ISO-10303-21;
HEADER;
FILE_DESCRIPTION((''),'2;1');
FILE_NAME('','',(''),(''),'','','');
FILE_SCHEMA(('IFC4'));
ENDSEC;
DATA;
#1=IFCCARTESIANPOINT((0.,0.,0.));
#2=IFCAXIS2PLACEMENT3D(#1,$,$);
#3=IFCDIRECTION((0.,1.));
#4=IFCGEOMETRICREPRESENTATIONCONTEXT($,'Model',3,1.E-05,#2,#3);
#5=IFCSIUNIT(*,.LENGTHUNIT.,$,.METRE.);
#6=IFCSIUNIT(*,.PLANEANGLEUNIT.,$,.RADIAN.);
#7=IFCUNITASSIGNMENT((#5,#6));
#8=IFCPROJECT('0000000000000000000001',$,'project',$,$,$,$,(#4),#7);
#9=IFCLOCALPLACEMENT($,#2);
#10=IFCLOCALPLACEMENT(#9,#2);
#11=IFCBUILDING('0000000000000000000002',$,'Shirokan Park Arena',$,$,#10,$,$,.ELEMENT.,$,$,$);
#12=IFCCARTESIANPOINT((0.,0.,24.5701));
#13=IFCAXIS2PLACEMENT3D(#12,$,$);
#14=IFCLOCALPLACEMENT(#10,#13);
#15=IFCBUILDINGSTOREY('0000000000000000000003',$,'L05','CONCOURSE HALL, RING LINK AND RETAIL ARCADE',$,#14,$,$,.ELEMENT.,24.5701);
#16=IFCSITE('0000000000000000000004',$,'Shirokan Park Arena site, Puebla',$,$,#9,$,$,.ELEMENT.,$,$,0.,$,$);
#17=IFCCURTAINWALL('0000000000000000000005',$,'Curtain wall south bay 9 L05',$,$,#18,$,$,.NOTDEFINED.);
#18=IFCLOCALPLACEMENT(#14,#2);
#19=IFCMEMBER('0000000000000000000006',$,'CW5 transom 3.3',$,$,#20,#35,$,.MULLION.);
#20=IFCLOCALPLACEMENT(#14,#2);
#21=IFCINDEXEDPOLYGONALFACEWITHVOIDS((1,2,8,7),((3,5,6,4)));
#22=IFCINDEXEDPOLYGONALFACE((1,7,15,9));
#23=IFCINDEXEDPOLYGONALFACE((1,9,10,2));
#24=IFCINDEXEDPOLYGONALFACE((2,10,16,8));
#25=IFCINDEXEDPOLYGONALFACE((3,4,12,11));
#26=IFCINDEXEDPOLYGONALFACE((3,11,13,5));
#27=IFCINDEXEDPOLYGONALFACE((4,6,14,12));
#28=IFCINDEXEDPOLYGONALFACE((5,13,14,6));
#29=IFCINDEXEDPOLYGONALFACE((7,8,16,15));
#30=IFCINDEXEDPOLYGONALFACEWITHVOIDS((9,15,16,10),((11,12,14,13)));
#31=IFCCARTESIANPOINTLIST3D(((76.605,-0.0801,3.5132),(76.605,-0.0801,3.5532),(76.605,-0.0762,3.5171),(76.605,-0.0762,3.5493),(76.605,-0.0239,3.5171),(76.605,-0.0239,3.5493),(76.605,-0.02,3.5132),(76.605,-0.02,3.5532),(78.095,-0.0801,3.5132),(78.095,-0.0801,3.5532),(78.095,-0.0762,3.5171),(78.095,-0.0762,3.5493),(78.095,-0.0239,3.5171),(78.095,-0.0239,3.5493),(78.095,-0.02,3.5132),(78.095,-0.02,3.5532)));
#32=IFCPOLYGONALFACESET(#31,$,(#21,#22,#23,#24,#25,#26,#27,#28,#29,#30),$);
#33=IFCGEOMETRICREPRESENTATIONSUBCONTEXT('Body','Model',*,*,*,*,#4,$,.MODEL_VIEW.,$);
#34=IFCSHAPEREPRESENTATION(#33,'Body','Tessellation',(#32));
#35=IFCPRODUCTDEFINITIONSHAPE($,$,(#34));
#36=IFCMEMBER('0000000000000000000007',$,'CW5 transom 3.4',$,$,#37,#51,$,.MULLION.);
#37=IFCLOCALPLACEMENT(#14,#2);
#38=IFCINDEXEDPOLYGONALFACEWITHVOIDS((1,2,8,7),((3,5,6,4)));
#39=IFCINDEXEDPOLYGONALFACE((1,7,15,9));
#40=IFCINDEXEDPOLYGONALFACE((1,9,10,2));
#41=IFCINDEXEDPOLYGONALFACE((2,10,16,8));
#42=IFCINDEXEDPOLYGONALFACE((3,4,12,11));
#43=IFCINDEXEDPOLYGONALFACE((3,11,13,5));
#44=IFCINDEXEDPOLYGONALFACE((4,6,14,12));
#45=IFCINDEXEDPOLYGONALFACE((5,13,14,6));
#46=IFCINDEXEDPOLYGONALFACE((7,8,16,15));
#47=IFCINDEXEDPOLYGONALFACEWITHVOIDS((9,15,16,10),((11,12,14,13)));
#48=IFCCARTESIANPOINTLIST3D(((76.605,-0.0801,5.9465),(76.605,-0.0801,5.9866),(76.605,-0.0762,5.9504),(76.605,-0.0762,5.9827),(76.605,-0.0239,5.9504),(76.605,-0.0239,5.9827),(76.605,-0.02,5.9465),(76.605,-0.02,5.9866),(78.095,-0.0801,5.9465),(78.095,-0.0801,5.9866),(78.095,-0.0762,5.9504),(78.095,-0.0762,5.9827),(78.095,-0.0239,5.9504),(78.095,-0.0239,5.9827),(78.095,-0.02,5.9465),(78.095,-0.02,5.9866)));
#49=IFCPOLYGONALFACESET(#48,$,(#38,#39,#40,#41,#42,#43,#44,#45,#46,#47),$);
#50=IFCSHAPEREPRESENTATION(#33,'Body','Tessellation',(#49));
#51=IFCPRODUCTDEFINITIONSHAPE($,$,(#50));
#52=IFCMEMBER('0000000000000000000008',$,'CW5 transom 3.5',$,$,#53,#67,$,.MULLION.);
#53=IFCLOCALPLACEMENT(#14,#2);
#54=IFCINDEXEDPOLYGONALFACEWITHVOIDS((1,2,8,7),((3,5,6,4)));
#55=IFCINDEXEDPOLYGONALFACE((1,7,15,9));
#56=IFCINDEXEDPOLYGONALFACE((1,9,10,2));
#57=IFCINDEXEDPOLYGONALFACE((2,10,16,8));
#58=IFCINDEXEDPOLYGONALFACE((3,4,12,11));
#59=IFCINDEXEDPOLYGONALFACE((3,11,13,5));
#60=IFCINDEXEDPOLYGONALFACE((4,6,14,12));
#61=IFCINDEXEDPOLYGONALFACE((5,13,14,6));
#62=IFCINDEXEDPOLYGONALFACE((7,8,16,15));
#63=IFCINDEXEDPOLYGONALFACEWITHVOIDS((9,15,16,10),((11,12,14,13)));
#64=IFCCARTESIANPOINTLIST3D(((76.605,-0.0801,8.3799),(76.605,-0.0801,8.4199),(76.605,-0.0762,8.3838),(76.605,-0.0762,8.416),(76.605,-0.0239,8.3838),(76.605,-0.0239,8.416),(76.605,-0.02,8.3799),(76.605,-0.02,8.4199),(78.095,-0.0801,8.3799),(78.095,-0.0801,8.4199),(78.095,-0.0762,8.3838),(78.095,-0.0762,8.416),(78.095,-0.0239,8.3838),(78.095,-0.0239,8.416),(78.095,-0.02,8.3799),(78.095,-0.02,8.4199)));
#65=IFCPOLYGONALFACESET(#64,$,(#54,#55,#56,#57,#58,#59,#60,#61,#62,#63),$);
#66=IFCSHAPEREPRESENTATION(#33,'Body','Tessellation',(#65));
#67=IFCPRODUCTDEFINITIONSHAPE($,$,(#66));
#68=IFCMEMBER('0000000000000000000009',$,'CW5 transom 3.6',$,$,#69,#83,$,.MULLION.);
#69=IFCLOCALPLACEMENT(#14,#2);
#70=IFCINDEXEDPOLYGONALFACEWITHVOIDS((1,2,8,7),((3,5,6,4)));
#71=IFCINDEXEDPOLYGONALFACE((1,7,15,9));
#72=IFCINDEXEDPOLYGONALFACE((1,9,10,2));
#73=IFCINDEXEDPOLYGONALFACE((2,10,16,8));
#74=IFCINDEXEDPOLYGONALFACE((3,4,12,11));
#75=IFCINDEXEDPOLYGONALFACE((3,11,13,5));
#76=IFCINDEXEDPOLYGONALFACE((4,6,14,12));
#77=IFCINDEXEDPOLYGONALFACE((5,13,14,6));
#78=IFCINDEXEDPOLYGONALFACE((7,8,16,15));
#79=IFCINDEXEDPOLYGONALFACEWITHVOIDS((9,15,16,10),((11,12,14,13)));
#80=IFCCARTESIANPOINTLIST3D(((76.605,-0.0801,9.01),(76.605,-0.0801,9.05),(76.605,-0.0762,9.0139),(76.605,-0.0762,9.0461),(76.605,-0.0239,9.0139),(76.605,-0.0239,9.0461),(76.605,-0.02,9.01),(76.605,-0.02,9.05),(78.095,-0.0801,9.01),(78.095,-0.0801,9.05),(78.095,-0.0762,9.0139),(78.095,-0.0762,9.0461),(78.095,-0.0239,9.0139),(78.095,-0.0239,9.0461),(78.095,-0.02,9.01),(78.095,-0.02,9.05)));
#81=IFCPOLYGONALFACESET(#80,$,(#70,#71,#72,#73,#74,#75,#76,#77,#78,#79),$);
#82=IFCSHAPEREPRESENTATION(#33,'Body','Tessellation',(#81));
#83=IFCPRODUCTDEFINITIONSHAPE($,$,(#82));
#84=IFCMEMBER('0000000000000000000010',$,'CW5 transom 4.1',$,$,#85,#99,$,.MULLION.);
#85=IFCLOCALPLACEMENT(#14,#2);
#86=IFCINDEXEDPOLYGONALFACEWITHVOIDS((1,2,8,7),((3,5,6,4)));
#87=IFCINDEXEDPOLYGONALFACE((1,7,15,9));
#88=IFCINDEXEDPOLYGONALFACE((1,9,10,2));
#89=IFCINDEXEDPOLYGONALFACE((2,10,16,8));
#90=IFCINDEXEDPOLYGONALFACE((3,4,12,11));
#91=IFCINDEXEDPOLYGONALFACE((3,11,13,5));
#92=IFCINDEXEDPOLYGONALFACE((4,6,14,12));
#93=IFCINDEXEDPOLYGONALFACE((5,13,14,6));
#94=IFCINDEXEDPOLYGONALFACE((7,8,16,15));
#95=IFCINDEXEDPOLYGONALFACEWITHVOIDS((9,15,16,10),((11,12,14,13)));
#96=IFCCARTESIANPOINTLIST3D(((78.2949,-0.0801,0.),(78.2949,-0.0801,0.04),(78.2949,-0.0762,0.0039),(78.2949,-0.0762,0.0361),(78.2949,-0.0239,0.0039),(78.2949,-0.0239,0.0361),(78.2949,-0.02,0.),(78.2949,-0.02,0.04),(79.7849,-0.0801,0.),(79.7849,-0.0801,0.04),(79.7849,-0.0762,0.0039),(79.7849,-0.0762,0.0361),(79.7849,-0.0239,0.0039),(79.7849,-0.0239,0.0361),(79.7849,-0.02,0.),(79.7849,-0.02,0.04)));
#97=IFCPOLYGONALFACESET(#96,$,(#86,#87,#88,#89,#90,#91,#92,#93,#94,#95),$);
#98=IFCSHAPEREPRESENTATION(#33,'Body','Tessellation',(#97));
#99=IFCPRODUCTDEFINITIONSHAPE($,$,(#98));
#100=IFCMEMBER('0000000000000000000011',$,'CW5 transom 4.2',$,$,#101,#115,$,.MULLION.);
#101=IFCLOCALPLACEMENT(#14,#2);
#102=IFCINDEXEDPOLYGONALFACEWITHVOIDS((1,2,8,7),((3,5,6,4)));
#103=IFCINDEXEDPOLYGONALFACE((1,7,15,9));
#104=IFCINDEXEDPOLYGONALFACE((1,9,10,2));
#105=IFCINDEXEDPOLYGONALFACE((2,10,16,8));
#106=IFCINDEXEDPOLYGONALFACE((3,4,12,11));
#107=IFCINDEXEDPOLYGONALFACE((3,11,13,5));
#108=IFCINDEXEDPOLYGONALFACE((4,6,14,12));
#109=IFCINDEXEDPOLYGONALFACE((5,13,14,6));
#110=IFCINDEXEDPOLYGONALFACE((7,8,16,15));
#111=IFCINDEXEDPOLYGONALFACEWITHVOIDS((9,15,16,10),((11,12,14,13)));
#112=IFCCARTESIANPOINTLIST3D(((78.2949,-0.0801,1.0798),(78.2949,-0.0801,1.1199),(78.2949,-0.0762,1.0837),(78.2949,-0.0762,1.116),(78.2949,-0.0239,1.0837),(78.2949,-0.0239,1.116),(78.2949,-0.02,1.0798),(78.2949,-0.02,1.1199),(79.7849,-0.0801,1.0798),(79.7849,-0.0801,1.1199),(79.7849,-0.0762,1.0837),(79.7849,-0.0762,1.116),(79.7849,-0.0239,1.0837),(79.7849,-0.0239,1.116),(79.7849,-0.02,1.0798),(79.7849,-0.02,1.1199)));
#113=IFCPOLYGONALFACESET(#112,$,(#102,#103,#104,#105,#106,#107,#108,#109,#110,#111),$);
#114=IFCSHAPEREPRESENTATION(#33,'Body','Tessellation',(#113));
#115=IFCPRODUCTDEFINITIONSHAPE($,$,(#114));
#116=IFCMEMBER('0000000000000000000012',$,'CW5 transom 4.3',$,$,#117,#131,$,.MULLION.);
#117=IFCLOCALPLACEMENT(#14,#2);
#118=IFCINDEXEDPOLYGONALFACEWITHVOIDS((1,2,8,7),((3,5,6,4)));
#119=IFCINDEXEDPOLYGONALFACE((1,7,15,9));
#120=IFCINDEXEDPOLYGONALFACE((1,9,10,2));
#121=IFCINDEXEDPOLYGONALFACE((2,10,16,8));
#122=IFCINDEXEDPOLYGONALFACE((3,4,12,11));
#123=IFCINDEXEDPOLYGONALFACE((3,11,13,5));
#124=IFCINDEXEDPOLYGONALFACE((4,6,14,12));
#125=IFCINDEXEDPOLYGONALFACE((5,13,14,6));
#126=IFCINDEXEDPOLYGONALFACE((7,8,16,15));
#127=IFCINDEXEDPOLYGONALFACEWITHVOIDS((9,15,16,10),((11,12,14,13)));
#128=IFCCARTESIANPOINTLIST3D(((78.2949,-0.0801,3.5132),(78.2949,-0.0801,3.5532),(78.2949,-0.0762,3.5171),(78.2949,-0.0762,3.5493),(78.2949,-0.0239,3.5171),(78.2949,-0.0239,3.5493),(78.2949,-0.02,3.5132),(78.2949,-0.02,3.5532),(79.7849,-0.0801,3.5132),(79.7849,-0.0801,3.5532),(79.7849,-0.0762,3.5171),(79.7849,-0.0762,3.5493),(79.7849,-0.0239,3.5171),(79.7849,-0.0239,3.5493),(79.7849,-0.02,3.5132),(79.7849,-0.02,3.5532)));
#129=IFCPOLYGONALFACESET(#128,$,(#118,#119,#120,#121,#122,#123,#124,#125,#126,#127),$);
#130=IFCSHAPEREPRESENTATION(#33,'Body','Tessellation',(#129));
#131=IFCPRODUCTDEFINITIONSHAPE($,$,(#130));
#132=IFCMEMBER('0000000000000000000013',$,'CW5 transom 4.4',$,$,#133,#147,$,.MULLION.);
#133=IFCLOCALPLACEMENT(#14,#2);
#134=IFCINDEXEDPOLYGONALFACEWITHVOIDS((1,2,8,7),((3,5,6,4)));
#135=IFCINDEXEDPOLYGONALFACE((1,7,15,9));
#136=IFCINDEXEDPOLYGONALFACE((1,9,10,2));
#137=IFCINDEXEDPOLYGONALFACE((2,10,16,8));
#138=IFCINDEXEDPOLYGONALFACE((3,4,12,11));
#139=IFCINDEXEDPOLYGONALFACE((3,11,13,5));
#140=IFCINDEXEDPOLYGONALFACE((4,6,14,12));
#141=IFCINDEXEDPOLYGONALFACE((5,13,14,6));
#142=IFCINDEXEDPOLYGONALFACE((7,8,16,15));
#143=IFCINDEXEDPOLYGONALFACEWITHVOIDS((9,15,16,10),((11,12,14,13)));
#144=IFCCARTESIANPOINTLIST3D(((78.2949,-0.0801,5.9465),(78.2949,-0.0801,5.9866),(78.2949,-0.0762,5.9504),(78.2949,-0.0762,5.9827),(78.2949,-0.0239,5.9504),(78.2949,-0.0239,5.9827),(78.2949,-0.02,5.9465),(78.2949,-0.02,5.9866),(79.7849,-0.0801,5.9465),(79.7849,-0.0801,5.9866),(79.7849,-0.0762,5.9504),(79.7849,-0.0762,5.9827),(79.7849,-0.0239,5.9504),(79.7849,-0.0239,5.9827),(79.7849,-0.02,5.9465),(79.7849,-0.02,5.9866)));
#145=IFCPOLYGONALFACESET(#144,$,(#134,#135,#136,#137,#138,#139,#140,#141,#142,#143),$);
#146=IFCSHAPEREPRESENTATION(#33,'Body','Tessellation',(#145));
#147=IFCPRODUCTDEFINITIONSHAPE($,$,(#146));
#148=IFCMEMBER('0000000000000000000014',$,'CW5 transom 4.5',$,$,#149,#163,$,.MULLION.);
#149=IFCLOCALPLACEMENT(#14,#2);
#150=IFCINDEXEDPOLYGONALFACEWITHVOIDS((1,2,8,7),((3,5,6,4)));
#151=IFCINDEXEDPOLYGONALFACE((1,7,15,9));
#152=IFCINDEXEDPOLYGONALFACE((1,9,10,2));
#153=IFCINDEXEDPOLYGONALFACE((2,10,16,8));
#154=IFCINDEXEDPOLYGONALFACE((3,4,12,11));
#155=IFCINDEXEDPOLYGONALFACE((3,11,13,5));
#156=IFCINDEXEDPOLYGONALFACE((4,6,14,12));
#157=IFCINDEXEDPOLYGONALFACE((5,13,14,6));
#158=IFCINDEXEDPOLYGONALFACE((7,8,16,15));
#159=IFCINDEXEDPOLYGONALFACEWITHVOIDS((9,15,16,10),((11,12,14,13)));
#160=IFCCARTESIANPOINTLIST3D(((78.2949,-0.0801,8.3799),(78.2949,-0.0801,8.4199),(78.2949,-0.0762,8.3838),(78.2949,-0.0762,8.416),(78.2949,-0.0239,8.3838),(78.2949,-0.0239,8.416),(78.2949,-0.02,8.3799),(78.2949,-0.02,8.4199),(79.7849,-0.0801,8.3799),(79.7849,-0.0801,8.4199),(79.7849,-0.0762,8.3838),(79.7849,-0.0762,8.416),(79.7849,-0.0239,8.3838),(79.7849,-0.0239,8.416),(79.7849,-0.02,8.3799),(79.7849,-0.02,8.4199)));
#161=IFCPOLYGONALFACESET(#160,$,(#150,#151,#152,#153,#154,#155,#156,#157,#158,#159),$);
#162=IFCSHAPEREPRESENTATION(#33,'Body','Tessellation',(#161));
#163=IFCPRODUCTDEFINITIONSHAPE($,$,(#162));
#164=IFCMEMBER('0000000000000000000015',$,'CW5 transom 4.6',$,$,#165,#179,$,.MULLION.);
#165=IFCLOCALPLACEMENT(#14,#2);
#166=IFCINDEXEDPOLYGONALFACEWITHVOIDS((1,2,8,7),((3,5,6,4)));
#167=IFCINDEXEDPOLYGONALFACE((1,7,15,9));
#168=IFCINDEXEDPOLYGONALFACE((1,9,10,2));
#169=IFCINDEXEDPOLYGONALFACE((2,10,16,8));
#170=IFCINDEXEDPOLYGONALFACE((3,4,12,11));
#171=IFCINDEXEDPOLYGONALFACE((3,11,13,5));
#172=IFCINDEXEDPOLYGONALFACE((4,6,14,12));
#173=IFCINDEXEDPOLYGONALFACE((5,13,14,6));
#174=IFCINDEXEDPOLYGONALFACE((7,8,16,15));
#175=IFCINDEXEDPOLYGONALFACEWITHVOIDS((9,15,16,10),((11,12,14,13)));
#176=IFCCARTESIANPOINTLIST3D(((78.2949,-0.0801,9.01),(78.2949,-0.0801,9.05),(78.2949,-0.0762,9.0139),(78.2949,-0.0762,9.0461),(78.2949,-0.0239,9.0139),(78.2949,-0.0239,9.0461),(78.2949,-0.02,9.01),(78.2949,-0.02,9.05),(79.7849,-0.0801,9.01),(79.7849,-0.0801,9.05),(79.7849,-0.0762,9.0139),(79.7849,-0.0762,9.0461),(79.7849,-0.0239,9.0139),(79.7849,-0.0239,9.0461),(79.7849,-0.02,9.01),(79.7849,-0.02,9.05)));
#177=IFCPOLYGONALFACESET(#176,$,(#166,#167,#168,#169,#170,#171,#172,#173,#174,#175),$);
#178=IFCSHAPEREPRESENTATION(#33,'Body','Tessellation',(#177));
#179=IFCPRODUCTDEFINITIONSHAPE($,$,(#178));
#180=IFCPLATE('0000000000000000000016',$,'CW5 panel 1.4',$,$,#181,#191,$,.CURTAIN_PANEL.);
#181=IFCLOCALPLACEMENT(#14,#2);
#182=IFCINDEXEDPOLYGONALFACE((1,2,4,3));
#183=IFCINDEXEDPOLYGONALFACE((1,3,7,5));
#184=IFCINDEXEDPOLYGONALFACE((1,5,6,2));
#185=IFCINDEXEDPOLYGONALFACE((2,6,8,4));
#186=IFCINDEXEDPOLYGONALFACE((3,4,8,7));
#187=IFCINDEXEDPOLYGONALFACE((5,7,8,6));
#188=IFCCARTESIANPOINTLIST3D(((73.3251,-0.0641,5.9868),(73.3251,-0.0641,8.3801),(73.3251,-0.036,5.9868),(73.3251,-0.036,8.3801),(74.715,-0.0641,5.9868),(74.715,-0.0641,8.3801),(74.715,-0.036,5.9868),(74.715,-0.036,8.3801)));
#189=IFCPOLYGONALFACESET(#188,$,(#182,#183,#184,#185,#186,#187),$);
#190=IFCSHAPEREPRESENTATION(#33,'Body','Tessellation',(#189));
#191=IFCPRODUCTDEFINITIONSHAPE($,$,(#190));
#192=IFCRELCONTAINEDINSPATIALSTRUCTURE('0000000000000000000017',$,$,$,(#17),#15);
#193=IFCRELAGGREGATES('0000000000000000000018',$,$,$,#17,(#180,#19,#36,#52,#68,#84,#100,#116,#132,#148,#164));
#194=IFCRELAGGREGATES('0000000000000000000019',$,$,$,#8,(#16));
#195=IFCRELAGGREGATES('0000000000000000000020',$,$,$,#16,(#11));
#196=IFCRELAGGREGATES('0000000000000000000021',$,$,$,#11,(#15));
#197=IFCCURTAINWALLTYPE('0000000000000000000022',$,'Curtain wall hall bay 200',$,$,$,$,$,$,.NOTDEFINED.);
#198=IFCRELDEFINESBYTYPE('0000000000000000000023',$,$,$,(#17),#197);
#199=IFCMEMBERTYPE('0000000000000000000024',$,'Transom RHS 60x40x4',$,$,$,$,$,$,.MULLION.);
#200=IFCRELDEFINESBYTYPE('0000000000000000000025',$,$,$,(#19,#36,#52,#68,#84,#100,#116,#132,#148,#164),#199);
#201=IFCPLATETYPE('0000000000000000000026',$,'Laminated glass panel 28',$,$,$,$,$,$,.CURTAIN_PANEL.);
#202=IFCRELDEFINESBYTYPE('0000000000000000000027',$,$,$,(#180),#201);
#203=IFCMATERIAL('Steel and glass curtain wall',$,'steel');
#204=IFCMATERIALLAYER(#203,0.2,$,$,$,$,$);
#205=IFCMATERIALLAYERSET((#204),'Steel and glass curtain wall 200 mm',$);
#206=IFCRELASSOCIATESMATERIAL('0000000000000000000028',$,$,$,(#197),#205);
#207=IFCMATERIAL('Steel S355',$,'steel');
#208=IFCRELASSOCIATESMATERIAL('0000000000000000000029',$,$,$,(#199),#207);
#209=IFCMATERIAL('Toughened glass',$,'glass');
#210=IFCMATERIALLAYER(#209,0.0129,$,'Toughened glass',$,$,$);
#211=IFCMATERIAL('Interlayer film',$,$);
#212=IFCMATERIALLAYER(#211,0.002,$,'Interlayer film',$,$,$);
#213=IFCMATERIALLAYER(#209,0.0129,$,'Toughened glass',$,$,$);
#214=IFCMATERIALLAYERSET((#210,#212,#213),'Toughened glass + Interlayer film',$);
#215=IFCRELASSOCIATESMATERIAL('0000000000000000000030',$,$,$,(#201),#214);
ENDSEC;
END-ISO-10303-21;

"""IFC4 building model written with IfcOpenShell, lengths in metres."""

from ifc_helpers import new_model, si_unit, direction, frame, origin, origin_2d, place, context, subcontext, project, spatial, rectangle, hollow_rectangle, extrude, material, layer, layer_set, material_profile, profile_set, type_object, element, aggregate, save


model = new_model("IFC4")

# Units and contexts
model_context = context("Model", 3, precision=1e-05, world=origin(), true_north=direction((0.0, 1.0)))
body_context = subcontext(model_context, "Body", "Model", "MODEL_VIEW")
ifc_project = project(units=[si_unit("LENGTHUNIT", "METRE"), si_unit("PLANEANGLEUNIT", "RADIAN")], contexts=[model_context])

# Site, building, storey
site_placement = place(None, origin())
site = spatial("IfcSite", under=ifc_project, at=site_placement, Name="Shirokan Park Arena site, Puebla", CompositionType="ELEMENT", RefElevation=0.0)
building_placement = place(site_placement, origin())
building = spatial("IfcBuilding", under=site, at=building_placement, Name="Shirokan Park Arena", CompositionType="ELEMENT")
storey_placement = place(building_placement, frame((0.0, 0.0, 24.5701)))
storey = spatial("IfcBuildingStorey", under=building, at=storey_placement, Name="L05", Description="CONCOURSE HALL, RING LINK AND RETAIL ARCADE", CompositionType="ELEMENT", Elevation=24.5701)

# Curtain wall, members, plate
ifc_material_1 = material(Name="Steel and glass curtain wall", Category="steel")
ifc_layer_1 = layer(ifc_material_1, 0.2)
ifc_layer_set_1 = layer_set([ifc_layer_1], Name="Steel and glass curtain wall 200 mm")
curtain_wall_type = type_object("IfcCurtainWallType", Name="Curtain wall hall bay 200", PredefinedType="NOTDEFINED", material=ifc_layer_set_1)
curtain_wall_placement = place(storey_placement, origin())
curtain_wall = element("IfcCurtainWall", 1, at=curtain_wall_placement, inside=storey, type_object=curtain_wall_type, Name="Curtain wall south bay 9 L05", PredefinedType="NOTDEFINED")
ifc_material_2 = material(Name="Steel S355", Category="steel")
ifc_material_profile_1 = material_profile(ifc_material_2, hollow_rectangle(XDim=0.0601, YDim=0.04, WallThickness=0.0039, at=origin_2d()), Name="RHS 60x40x4")
ifc_profile_set_1 = profile_set([ifc_material_profile_1], Name="Steel S355")
member_type_1 = type_object("IfcMemberType", Name="Transom RHS 60x40x4", PredefinedType="MULLION", material=ifc_profile_set_1)
member_1_placement = place(storey_placement, frame((76.605, -0.05, 3.5332), z_axis=(1.0, 0.0, 0.0), x_axis=(0.0, 1.0, 0.0)))
member_1 = element("IfcMember", 2, at=member_1_placement, type_object=member_type_1, Name="CW5 transom 3.3", PredefinedType="MULLION", context=body_context, shape_type="SweptSolid", body=[
    extrude(hollow_rectangle(XDim=0.0601, YDim=0.04, WallThickness=0.0039, at=origin_2d()), origin(), (0.0, 0.0, 1.0), 1.49),
])
member_2_placement = place(storey_placement, frame((76.605, -0.05, 5.9666), z_axis=(1.0, 0.0, 0.0), x_axis=(0.0, 1.0, 0.0)))
member_2 = element("IfcMember", 3, at=member_2_placement, type_object=member_type_1, Name="CW5 transom 3.4", PredefinedType="MULLION", context=body_context, shape_type="SweptSolid", body=[
    extrude(hollow_rectangle(XDim=0.0601, YDim=0.04, WallThickness=0.0039, at=origin_2d()), origin(), (0.0, 0.0, 1.0), 1.49),
])
member_3_placement = place(storey_placement, frame((76.605, -0.05, 8.3999), z_axis=(1.0, 0.0, 0.0), x_axis=(0.0, 1.0, 0.0)))
member_3 = element("IfcMember", 4, at=member_3_placement, type_object=member_type_1, Name="CW5 transom 3.5", PredefinedType="MULLION", context=body_context, shape_type="SweptSolid", body=[
    extrude(hollow_rectangle(XDim=0.0601, YDim=0.04, WallThickness=0.0039, at=origin_2d()), origin(), (0.0, 0.0, 1.0), 1.49),
])
member_4_placement = place(storey_placement, frame((76.605, -0.05, 9.03), z_axis=(1.0, 0.0, 0.0), x_axis=(0.0, 1.0, 0.0)))
member_4 = element("IfcMember", 5, at=member_4_placement, type_object=member_type_1, Name="CW5 transom 3.6", PredefinedType="MULLION", context=body_context, shape_type="SweptSolid", body=[
    extrude(hollow_rectangle(XDim=0.0601, YDim=0.04, WallThickness=0.0039, at=origin_2d()), origin(), (0.0, 0.0, 1.0), 1.49),
])
member_5_placement = place(storey_placement, frame((78.2949, -0.05, 0.02), z_axis=(1.0, 0.0, 0.0), x_axis=(0.0, 1.0, 0.0)))
member_5 = element("IfcMember", 6, at=member_5_placement, type_object=member_type_1, Name="CW5 transom 4.1", PredefinedType="MULLION", context=body_context, shape_type="SweptSolid", body=[
    extrude(hollow_rectangle(XDim=0.0601, YDim=0.04, WallThickness=0.0039, at=origin_2d()), origin(), (0.0, 0.0, 1.0), 1.49),
])
member_6_placement = place(storey_placement, frame((78.2949, -0.05, 1.0999), z_axis=(1.0, 0.0, 0.0), x_axis=(0.0, 1.0, 0.0)))
member_6 = element("IfcMember", 7, at=member_6_placement, type_object=member_type_1, Name="CW5 transom 4.2", PredefinedType="MULLION", context=body_context, shape_type="SweptSolid", body=[
    extrude(hollow_rectangle(XDim=0.0601, YDim=0.04, WallThickness=0.0039, at=origin_2d()), origin(), (0.0, 0.0, 1.0), 1.49),
])
member_7_placement = place(storey_placement, frame((78.2949, -0.05, 3.5332), z_axis=(1.0, 0.0, 0.0), x_axis=(0.0, 1.0, 0.0)))
member_7 = element("IfcMember", 8, at=member_7_placement, type_object=member_type_1, Name="CW5 transom 4.3", PredefinedType="MULLION", context=body_context, shape_type="SweptSolid", body=[
    extrude(hollow_rectangle(XDim=0.0601, YDim=0.04, WallThickness=0.0039, at=origin_2d()), origin(), (0.0, 0.0, 1.0), 1.49),
])
member_8_placement = place(storey_placement, frame((78.2949, -0.05, 5.9666), z_axis=(1.0, 0.0, 0.0), x_axis=(0.0, 1.0, 0.0)))
member_8 = element("IfcMember", 9, at=member_8_placement, type_object=member_type_1, Name="CW5 transom 4.4", PredefinedType="MULLION", context=body_context, shape_type="SweptSolid", body=[
    extrude(hollow_rectangle(XDim=0.0601, YDim=0.04, WallThickness=0.0039, at=origin_2d()), origin(), (0.0, 0.0, 1.0), 1.49),
])
member_9_placement = place(storey_placement, frame((78.2949, -0.05, 8.3999), z_axis=(1.0, 0.0, 0.0), x_axis=(0.0, 1.0, 0.0)))
member_9 = element("IfcMember", 10, at=member_9_placement, type_object=member_type_1, Name="CW5 transom 4.5", PredefinedType="MULLION", context=body_context, shape_type="SweptSolid", body=[
    extrude(hollow_rectangle(XDim=0.0601, YDim=0.04, WallThickness=0.0039, at=origin_2d()), origin(), (0.0, 0.0, 1.0), 1.49),
])
member_10_placement = place(storey_placement, frame((78.2949, -0.05, 9.03), z_axis=(1.0, 0.0, 0.0), x_axis=(0.0, 1.0, 0.0)))
member_10 = element("IfcMember", 11, at=member_10_placement, type_object=member_type_1, Name="CW5 transom 4.6", PredefinedType="MULLION", context=body_context, shape_type="SweptSolid", body=[
    extrude(hollow_rectangle(XDim=0.0601, YDim=0.04, WallThickness=0.0039, at=origin_2d()), origin(), (0.0, 0.0, 1.0), 1.49),
])
ifc_material_3 = material(Name="Toughened glass", Category="glass")
ifc_layer_2 = layer(ifc_material_3, 0.0129, Name="Toughened glass")
ifc_material_4 = material(Name="Interlayer film")
ifc_layer_3 = layer(ifc_material_4, 0.002, Name="Interlayer film")
ifc_layer_4 = layer(ifc_material_3, 0.0129, Name="Toughened glass")
ifc_layer_set_2 = layer_set([ifc_layer_2, ifc_layer_3, ifc_layer_4], Name="Toughened glass + Interlayer film")
plate_type_1 = type_object("IfcPlateType", Name="Laminated glass panel 28", PredefinedType="CURTAIN_PANEL", material=ifc_layer_set_2)
plate_1_placement = place(storey_placement, frame((74.02, -0.05, 5.9868), z_axis=(0.0, 0.0, 1.0), x_axis=(1.0, 0.0, 0.0)))
plate_1 = element("IfcPlate", 12, at=plate_1_placement, type_object=plate_type_1, Name="CW5 panel 1.4", PredefinedType="CURTAIN_PANEL", context=body_context, shape_type="SweptSolid", body=[
    extrude(rectangle(XDim=1.3899, YDim=0.0281, at=origin_2d()), origin(), (0.0, 0.0, 1.0), 2.3933),
])
aggregate(curtain_wall, [plate_1, member_1, member_2, member_3, member_4, member_5, member_6, member_7, member_8, member_9, member_10])

save(model, "model.ifc")
